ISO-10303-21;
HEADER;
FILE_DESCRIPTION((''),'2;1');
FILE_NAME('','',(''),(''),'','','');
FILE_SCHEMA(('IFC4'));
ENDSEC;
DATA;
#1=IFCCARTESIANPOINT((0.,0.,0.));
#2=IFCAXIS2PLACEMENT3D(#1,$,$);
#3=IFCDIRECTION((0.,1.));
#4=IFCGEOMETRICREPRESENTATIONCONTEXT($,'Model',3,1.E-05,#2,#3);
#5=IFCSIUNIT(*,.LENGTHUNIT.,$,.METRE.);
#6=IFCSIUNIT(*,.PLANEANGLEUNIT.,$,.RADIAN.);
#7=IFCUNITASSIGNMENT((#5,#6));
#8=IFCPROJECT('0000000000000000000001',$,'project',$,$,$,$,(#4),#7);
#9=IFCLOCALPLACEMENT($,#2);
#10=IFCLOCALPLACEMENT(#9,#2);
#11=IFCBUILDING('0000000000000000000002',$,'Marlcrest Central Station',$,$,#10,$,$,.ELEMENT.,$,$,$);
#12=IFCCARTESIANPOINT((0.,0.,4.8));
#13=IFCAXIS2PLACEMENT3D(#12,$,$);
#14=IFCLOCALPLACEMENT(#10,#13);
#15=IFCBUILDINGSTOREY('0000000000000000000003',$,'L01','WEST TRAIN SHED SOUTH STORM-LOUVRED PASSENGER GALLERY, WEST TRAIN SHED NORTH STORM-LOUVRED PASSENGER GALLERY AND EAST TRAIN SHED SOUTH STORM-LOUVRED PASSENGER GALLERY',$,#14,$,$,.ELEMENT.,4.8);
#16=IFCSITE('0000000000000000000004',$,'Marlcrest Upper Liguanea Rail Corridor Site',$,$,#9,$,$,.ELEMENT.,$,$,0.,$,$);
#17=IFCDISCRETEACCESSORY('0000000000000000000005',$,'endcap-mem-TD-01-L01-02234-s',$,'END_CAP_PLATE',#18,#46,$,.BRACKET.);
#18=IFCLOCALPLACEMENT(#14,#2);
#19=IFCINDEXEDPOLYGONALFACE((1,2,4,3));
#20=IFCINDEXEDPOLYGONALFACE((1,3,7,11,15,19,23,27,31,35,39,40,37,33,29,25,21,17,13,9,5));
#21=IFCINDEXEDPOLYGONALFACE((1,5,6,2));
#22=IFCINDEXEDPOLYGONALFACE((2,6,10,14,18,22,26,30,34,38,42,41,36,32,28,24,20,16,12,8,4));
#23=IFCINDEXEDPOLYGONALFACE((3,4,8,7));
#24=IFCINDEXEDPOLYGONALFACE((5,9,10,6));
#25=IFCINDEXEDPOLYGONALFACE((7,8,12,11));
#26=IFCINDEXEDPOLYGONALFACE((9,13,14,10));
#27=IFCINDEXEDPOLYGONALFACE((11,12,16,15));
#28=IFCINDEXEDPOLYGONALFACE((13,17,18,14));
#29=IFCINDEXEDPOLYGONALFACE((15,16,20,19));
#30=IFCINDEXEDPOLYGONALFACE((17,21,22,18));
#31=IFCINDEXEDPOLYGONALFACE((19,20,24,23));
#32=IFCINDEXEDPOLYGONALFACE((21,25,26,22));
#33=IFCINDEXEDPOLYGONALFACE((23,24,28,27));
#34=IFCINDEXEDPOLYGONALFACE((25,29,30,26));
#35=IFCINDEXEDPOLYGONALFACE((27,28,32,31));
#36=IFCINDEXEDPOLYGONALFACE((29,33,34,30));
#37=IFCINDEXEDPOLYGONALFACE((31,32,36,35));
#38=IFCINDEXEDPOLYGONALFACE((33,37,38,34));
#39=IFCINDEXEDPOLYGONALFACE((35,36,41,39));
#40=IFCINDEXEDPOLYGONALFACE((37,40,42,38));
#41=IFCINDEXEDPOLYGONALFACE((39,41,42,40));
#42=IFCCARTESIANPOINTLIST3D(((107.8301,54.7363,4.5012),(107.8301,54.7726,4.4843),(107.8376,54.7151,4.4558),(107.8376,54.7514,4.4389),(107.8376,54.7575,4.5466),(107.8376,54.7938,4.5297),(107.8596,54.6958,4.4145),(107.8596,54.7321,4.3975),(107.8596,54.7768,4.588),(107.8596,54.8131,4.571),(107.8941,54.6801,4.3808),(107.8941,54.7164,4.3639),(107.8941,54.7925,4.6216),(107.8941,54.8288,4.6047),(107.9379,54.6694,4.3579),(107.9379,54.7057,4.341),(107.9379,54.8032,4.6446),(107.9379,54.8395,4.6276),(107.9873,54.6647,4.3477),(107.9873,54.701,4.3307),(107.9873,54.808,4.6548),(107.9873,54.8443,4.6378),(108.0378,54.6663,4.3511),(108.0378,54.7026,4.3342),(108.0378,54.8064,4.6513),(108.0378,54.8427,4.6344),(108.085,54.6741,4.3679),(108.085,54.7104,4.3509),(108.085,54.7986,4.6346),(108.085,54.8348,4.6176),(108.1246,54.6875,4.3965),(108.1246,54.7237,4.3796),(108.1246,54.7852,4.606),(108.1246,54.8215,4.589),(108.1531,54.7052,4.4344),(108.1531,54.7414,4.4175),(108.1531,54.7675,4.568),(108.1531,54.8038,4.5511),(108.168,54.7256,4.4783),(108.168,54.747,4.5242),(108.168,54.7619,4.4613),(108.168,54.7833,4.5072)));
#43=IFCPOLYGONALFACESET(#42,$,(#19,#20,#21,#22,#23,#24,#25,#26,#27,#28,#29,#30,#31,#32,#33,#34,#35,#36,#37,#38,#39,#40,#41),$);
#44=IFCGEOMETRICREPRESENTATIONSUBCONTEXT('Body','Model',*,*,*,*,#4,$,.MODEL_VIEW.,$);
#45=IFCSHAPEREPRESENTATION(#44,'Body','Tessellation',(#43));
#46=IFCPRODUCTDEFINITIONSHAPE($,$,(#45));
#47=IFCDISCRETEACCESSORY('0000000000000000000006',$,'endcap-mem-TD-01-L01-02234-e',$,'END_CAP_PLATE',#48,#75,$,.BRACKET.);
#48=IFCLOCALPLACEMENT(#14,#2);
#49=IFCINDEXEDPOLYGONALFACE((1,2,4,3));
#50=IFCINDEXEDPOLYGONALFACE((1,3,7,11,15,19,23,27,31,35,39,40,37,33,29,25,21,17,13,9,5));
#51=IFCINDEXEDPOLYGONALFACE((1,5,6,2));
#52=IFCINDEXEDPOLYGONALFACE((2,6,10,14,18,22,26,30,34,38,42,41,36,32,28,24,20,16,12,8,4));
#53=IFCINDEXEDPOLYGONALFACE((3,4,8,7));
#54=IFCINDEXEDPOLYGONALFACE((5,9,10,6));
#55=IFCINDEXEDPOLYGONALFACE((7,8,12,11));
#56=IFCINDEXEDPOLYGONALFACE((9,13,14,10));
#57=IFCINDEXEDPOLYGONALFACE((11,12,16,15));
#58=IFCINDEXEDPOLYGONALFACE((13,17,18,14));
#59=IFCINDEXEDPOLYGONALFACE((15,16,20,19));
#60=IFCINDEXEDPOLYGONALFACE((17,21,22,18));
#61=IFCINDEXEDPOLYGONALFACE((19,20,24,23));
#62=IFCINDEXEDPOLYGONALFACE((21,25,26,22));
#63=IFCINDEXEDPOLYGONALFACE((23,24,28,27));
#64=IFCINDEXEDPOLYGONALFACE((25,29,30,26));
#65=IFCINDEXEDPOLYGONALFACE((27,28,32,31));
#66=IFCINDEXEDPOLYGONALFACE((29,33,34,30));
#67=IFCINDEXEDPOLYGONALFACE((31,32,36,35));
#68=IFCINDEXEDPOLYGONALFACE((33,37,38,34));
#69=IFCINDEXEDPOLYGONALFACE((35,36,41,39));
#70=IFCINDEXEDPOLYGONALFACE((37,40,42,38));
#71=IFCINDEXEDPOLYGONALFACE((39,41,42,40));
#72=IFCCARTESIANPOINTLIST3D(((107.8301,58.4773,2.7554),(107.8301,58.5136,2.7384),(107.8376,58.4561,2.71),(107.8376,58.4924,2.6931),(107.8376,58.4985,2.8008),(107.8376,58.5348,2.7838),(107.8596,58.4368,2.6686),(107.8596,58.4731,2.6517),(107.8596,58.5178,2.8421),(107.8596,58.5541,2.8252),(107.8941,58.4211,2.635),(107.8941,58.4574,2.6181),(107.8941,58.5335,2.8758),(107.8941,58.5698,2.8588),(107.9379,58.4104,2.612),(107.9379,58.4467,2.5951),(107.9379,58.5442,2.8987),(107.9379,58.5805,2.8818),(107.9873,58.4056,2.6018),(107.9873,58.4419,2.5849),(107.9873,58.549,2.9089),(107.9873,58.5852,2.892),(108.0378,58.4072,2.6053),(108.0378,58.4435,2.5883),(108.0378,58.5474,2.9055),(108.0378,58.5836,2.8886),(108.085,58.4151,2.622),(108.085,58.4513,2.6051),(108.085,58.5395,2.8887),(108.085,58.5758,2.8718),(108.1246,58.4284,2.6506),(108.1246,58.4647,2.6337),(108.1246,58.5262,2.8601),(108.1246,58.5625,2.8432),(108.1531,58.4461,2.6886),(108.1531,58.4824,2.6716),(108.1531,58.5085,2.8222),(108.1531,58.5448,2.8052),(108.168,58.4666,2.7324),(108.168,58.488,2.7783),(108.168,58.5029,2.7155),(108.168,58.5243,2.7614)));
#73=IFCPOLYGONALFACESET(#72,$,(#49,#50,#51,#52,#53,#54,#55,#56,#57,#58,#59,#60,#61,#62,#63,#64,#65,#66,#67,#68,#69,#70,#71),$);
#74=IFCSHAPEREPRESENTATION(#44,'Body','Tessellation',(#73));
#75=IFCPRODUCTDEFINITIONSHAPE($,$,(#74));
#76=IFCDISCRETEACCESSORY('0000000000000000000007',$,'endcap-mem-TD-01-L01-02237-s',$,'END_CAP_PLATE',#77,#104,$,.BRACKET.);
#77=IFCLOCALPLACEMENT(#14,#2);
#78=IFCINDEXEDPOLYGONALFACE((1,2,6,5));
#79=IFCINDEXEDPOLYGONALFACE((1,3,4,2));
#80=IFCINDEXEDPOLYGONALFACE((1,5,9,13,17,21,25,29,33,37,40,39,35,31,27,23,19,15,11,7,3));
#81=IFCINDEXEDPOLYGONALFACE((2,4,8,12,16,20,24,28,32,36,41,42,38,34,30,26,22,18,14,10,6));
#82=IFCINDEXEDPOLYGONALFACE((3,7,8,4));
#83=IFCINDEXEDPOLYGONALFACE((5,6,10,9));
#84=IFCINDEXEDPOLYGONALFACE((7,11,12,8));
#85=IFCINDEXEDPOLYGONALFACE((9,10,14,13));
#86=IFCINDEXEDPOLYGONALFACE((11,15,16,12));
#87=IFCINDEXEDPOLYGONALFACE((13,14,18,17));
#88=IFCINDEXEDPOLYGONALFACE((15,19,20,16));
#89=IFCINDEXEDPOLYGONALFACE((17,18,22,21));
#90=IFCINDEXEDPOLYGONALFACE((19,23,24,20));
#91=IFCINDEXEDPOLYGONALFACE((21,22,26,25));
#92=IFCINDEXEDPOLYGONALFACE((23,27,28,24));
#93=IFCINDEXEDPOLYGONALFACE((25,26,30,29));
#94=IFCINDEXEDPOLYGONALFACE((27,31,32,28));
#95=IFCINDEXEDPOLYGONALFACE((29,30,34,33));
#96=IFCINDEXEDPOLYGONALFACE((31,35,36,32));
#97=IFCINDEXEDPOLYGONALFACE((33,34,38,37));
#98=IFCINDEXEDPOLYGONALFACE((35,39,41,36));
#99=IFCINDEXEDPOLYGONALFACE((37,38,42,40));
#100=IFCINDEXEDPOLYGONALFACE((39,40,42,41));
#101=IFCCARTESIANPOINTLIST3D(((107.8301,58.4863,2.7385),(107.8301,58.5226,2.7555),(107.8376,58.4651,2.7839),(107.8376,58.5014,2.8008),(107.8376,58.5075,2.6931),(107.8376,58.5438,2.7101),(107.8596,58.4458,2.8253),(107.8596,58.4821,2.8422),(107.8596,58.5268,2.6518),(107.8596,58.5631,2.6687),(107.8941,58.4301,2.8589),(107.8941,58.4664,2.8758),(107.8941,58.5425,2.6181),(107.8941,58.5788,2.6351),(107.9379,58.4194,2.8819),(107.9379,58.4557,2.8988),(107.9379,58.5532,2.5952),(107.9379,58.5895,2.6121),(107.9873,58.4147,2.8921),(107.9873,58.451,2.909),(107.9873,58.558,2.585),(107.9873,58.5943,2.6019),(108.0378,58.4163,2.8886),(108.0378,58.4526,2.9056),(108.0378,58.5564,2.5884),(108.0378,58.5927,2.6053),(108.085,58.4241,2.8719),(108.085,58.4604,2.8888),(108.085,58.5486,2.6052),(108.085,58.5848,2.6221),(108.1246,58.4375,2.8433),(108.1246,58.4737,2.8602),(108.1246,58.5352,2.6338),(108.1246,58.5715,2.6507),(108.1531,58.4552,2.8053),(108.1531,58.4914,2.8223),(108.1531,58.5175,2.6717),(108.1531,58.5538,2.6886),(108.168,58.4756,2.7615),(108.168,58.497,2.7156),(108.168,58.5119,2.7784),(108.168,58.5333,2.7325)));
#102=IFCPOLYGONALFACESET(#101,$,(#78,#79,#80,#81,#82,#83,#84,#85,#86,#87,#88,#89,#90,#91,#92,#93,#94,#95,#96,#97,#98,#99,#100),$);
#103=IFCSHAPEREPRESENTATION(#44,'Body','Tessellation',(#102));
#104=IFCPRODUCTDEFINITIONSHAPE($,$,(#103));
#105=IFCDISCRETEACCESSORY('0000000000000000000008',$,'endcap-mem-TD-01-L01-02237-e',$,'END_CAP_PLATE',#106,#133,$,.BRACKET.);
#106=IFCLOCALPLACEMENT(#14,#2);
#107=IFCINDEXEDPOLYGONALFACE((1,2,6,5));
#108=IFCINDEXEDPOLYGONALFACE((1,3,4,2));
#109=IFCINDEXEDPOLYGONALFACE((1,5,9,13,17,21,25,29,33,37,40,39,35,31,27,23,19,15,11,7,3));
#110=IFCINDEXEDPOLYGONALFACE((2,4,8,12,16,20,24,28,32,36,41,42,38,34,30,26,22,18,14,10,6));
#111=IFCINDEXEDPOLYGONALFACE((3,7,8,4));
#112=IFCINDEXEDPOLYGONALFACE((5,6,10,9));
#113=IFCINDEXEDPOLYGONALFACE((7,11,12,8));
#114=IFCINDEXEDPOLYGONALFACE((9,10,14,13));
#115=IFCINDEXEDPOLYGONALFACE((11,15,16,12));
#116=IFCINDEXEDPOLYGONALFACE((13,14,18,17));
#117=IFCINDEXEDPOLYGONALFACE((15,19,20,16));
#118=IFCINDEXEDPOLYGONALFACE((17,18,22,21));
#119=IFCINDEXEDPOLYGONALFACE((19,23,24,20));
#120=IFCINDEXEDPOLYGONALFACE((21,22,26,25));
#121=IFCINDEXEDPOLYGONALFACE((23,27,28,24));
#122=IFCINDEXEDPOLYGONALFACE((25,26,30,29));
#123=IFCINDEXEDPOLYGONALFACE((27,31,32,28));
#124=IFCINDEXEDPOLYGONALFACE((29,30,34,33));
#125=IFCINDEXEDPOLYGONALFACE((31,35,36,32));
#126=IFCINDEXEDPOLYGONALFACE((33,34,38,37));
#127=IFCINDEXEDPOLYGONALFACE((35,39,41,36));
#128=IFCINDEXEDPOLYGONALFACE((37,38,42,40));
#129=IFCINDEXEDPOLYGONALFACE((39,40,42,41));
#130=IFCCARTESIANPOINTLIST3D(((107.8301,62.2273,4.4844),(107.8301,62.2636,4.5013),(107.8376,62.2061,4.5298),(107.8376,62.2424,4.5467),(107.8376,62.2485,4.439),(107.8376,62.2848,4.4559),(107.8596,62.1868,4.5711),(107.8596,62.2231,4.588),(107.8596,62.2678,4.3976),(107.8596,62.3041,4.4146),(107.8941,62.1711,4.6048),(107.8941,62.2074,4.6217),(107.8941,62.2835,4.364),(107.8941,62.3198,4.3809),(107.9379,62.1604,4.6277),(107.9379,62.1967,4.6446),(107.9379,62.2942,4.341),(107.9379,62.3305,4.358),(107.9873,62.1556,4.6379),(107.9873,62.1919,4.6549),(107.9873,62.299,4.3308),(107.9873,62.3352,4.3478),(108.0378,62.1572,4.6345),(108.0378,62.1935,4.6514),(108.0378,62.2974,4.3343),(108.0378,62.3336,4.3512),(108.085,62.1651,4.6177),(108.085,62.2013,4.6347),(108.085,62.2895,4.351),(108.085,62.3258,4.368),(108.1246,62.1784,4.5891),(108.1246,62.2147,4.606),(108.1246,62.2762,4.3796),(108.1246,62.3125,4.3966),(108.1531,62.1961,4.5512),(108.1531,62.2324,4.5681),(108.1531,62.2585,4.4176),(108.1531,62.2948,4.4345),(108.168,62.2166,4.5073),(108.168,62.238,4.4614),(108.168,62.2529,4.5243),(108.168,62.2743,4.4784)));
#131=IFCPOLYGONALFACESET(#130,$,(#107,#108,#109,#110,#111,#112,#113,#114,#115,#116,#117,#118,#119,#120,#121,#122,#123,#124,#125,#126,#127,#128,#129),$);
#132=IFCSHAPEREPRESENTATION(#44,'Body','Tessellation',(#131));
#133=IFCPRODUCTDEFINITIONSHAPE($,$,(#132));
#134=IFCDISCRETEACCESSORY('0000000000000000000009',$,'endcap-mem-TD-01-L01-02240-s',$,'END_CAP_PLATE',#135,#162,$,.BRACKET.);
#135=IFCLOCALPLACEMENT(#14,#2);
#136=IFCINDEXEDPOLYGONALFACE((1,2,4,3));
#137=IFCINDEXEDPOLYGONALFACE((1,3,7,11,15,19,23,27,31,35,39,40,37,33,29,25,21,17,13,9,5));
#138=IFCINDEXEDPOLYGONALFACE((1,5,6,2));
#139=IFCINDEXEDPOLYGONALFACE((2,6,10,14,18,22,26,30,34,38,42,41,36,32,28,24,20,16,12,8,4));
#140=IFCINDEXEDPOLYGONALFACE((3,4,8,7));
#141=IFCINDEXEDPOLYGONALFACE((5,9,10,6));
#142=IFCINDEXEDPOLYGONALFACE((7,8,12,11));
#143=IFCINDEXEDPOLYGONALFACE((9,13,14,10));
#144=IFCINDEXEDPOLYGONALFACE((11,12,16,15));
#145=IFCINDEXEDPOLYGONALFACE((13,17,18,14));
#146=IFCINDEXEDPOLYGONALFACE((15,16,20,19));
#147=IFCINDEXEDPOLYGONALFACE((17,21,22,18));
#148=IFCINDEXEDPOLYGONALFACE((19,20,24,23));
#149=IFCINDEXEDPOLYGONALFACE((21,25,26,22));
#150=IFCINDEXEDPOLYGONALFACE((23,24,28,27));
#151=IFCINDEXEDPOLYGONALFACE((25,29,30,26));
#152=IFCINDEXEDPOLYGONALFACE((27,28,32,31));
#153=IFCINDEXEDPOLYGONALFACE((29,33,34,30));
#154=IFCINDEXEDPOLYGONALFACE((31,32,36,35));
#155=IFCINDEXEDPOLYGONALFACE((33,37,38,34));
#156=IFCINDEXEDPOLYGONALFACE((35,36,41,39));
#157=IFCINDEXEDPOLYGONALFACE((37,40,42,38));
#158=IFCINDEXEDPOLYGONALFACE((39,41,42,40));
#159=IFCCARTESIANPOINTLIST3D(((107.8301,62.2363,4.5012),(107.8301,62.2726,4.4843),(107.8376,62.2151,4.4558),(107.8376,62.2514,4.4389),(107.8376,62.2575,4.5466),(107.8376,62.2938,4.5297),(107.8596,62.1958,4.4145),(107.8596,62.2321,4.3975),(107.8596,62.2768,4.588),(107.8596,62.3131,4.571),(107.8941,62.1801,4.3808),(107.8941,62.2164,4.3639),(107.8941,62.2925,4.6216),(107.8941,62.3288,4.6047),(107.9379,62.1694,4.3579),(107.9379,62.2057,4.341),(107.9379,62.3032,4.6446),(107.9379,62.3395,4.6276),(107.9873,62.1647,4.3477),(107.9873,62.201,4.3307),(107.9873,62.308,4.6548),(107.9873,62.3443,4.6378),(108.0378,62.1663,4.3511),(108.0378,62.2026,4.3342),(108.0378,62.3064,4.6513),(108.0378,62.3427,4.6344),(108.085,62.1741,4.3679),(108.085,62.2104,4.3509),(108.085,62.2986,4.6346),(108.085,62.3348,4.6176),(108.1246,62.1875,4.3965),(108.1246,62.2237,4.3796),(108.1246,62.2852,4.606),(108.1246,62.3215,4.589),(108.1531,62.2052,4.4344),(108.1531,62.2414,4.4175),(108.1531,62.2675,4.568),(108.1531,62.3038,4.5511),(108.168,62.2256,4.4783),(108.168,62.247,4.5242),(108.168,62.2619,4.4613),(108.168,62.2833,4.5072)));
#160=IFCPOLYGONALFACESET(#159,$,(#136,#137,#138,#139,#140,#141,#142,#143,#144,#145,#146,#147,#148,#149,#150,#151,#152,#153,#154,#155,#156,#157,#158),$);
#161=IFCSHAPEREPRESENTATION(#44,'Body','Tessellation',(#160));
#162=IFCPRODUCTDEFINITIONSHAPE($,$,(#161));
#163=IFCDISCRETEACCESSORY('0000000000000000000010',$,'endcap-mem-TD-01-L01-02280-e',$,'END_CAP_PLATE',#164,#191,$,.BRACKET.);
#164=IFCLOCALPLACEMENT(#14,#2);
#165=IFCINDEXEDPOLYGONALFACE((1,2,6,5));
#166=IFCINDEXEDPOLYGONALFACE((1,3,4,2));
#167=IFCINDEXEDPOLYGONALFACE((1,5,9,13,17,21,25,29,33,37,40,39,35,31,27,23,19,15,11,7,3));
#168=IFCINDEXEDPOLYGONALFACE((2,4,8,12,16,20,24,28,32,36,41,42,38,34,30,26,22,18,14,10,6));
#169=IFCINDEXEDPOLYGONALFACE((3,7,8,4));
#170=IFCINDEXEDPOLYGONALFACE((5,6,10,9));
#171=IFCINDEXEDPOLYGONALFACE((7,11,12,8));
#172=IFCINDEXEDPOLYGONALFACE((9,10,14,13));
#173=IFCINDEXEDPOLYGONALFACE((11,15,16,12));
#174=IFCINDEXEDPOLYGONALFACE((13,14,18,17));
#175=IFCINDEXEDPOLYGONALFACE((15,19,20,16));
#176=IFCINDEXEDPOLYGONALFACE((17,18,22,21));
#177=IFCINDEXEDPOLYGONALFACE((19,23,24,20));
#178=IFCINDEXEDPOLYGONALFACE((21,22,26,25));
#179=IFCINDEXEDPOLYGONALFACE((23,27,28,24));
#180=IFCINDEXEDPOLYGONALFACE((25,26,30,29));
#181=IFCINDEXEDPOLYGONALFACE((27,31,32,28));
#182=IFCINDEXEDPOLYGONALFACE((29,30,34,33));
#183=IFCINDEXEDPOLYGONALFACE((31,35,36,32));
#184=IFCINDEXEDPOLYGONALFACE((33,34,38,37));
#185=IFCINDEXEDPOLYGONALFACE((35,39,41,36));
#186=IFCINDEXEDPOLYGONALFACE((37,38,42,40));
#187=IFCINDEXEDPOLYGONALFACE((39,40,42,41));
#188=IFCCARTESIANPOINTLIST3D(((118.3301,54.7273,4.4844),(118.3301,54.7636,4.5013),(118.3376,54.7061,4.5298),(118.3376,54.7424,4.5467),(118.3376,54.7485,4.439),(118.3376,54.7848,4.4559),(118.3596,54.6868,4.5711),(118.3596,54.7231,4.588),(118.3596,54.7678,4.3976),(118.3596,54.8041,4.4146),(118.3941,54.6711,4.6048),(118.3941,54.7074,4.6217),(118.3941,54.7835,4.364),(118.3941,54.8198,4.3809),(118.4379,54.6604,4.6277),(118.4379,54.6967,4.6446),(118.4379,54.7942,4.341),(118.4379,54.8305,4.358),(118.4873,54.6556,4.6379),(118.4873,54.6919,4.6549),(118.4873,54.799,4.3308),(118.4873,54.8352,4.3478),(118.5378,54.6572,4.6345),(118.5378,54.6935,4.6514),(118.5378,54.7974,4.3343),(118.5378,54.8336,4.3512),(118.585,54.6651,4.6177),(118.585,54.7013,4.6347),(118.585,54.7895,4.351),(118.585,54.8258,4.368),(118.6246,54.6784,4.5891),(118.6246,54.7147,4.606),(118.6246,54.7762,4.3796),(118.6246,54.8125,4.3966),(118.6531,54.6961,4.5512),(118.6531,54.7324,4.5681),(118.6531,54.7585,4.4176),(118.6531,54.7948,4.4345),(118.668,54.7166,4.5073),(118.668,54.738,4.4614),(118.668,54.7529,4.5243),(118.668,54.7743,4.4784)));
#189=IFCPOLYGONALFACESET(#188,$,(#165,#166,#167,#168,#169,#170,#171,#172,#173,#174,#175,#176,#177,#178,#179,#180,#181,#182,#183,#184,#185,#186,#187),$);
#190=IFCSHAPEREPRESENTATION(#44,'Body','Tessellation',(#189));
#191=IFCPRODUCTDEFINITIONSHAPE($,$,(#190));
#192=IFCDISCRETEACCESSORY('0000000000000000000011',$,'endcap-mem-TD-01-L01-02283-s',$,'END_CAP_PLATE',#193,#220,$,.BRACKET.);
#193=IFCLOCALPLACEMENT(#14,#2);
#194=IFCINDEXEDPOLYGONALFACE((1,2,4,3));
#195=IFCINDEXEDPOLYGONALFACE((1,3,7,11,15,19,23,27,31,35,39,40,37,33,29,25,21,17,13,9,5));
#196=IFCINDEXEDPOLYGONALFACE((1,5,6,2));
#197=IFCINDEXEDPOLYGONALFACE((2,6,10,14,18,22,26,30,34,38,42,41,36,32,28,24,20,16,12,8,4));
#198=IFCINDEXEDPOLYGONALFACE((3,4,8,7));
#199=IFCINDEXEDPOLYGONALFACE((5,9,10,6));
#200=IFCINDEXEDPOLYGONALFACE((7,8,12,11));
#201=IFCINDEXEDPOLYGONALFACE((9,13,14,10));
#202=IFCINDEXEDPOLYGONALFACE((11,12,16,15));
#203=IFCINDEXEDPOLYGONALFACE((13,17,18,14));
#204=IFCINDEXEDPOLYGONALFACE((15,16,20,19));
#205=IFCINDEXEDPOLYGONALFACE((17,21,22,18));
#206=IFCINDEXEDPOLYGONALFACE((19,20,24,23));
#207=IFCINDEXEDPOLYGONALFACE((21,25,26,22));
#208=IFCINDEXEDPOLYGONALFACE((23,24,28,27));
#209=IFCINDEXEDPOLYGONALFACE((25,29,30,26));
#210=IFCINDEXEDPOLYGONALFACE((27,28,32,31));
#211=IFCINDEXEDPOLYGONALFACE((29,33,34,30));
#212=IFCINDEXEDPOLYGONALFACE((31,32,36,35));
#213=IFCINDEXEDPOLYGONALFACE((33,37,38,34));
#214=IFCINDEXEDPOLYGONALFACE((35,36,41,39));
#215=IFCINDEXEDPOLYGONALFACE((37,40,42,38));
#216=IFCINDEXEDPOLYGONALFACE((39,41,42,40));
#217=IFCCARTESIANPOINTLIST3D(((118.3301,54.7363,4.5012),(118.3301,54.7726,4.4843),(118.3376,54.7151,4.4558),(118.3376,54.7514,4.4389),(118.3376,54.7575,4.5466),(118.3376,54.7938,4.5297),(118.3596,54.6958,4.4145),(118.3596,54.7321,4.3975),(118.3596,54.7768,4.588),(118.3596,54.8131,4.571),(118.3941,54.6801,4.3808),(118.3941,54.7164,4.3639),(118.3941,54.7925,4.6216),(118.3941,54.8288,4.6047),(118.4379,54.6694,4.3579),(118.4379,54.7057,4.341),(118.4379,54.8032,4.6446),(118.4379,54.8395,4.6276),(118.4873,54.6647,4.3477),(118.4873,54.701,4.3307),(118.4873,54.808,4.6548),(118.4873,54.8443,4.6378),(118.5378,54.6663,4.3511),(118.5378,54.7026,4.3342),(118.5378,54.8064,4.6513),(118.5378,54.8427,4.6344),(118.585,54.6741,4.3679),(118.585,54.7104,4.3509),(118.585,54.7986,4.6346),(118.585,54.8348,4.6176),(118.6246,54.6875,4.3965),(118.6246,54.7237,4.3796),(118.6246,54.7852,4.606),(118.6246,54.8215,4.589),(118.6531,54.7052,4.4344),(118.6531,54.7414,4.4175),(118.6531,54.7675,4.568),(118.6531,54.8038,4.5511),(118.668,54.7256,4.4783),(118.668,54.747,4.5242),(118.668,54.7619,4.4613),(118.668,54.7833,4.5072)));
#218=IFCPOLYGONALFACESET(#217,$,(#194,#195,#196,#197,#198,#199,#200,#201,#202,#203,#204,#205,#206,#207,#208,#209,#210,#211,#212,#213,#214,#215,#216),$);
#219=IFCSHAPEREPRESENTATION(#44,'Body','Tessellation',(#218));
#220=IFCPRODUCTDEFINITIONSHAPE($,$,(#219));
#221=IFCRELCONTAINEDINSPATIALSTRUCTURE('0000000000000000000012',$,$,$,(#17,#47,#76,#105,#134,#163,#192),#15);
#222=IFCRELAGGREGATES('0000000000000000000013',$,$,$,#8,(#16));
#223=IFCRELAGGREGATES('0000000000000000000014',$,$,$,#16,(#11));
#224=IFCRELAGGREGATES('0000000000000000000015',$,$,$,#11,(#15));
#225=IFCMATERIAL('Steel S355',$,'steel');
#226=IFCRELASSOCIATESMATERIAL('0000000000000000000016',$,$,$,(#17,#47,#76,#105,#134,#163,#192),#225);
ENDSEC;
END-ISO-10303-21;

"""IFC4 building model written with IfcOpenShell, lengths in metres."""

from ifc_helpers import new_model, si_unit, direction, frame, origin, origin_2d, place, context, subcontext, project, spatial, circle, extrude, material, element, save


model = new_model("IFC4")

# Units and contexts
model_context = context("Model", 3, precision=1e-05, world=origin(), true_north=direction((0.0, 1.0)))
body_context = subcontext(model_context, "Body", "Model", "MODEL_VIEW")
ifc_project = project(units=[si_unit("LENGTHUNIT", "METRE"), si_unit("PLANEANGLEUNIT", "RADIAN")], contexts=[model_context])

# Site, building, storey
site_placement = place(None, origin())
site = spatial("IfcSite", under=ifc_project, at=site_placement, Name="Marlcrest Upper Liguanea Rail Corridor Site", CompositionType="ELEMENT", RefElevation=0.0)
building_placement = place(site_placement, origin())
building = spatial("IfcBuilding", under=site, at=building_placement, Name="Marlcrest Central Station", CompositionType="ELEMENT")
storey_placement = place(building_placement, frame((0.0, 0.0, 4.8)))
storey = spatial("IfcBuildingStorey", under=building, at=storey_placement, Name="L01", Description="WEST TRAIN SHED SOUTH STORM-LOUVRED PASSENGER GALLERY, WEST TRAIN SHED NORTH STORM-LOUVRED PASSENGER GALLERY AND EAST TRAIN SHED SOUTH STORM-LOUVRED PASSENGER GALLERY", CompositionType="ELEMENT", Elevation=4.8)

# Shared definitions
ifc_material = material(Name="Steel S355", Category="steel")

# Discrete accessories
for number, where, z_axis, x_axis, name in (
    (1, (108.0, 54.7363, 4.5012), (0.0, 0.906183, -0.422885), (-1.0, 0.0, 0.0), "endcap-mem-TD-01-L01-02234-s"),
    (2, (108.0, 58.4773, 2.7554), (0.0, 0.906183, -0.422885), (-1.0, 0.0, 0.0), "endcap-mem-TD-01-L01-02234-e"),
    (3, (108.0, 58.4863, 2.7385), (0.0, 0.906183, 0.422885), (-1.0, 0.0, 0.0), "endcap-mem-TD-01-L01-02237-s"),
    (4, (108.0, 62.2273, 4.4844), (0.0, 0.906183, 0.422885), (-1.0, 0.0, 0.0), "endcap-mem-TD-01-L01-02237-e"),
    (5, (108.0, 62.2363, 4.5012), (0.0, 0.906183, -0.422885), (-1.0, 0.0, 0.0), "endcap-mem-TD-01-L01-02240-s"),
    (6, (118.5, 54.7273, 4.4844), (0.0, 0.906183, 0.422885), (-1.0, 0.0, 0.0), "endcap-mem-TD-01-L01-02280-e"),
    (7, (118.5, 54.7363, 4.5012), (0.0, 0.906183, -0.422885), (-1.0, 0.0, 0.0), "endcap-mem-TD-01-L01-02283-s"),
):
    element("IfcDiscreteAccessory", number, at=place(storey_placement, frame(where, z_axis=z_axis, x_axis=x_axis)), inside=storey, material=ifc_material, Name=name, ObjectType="END_CAP_PLATE", PredefinedType="BRACKET", context=body_context, shape_type="SweptSolid", body=[
        extrude(circle(Radius=0.1699, at=origin_2d()), origin(), (0.0, 0.0, 1.0), 0.04),
    ])

save(model, "model.ifc")
